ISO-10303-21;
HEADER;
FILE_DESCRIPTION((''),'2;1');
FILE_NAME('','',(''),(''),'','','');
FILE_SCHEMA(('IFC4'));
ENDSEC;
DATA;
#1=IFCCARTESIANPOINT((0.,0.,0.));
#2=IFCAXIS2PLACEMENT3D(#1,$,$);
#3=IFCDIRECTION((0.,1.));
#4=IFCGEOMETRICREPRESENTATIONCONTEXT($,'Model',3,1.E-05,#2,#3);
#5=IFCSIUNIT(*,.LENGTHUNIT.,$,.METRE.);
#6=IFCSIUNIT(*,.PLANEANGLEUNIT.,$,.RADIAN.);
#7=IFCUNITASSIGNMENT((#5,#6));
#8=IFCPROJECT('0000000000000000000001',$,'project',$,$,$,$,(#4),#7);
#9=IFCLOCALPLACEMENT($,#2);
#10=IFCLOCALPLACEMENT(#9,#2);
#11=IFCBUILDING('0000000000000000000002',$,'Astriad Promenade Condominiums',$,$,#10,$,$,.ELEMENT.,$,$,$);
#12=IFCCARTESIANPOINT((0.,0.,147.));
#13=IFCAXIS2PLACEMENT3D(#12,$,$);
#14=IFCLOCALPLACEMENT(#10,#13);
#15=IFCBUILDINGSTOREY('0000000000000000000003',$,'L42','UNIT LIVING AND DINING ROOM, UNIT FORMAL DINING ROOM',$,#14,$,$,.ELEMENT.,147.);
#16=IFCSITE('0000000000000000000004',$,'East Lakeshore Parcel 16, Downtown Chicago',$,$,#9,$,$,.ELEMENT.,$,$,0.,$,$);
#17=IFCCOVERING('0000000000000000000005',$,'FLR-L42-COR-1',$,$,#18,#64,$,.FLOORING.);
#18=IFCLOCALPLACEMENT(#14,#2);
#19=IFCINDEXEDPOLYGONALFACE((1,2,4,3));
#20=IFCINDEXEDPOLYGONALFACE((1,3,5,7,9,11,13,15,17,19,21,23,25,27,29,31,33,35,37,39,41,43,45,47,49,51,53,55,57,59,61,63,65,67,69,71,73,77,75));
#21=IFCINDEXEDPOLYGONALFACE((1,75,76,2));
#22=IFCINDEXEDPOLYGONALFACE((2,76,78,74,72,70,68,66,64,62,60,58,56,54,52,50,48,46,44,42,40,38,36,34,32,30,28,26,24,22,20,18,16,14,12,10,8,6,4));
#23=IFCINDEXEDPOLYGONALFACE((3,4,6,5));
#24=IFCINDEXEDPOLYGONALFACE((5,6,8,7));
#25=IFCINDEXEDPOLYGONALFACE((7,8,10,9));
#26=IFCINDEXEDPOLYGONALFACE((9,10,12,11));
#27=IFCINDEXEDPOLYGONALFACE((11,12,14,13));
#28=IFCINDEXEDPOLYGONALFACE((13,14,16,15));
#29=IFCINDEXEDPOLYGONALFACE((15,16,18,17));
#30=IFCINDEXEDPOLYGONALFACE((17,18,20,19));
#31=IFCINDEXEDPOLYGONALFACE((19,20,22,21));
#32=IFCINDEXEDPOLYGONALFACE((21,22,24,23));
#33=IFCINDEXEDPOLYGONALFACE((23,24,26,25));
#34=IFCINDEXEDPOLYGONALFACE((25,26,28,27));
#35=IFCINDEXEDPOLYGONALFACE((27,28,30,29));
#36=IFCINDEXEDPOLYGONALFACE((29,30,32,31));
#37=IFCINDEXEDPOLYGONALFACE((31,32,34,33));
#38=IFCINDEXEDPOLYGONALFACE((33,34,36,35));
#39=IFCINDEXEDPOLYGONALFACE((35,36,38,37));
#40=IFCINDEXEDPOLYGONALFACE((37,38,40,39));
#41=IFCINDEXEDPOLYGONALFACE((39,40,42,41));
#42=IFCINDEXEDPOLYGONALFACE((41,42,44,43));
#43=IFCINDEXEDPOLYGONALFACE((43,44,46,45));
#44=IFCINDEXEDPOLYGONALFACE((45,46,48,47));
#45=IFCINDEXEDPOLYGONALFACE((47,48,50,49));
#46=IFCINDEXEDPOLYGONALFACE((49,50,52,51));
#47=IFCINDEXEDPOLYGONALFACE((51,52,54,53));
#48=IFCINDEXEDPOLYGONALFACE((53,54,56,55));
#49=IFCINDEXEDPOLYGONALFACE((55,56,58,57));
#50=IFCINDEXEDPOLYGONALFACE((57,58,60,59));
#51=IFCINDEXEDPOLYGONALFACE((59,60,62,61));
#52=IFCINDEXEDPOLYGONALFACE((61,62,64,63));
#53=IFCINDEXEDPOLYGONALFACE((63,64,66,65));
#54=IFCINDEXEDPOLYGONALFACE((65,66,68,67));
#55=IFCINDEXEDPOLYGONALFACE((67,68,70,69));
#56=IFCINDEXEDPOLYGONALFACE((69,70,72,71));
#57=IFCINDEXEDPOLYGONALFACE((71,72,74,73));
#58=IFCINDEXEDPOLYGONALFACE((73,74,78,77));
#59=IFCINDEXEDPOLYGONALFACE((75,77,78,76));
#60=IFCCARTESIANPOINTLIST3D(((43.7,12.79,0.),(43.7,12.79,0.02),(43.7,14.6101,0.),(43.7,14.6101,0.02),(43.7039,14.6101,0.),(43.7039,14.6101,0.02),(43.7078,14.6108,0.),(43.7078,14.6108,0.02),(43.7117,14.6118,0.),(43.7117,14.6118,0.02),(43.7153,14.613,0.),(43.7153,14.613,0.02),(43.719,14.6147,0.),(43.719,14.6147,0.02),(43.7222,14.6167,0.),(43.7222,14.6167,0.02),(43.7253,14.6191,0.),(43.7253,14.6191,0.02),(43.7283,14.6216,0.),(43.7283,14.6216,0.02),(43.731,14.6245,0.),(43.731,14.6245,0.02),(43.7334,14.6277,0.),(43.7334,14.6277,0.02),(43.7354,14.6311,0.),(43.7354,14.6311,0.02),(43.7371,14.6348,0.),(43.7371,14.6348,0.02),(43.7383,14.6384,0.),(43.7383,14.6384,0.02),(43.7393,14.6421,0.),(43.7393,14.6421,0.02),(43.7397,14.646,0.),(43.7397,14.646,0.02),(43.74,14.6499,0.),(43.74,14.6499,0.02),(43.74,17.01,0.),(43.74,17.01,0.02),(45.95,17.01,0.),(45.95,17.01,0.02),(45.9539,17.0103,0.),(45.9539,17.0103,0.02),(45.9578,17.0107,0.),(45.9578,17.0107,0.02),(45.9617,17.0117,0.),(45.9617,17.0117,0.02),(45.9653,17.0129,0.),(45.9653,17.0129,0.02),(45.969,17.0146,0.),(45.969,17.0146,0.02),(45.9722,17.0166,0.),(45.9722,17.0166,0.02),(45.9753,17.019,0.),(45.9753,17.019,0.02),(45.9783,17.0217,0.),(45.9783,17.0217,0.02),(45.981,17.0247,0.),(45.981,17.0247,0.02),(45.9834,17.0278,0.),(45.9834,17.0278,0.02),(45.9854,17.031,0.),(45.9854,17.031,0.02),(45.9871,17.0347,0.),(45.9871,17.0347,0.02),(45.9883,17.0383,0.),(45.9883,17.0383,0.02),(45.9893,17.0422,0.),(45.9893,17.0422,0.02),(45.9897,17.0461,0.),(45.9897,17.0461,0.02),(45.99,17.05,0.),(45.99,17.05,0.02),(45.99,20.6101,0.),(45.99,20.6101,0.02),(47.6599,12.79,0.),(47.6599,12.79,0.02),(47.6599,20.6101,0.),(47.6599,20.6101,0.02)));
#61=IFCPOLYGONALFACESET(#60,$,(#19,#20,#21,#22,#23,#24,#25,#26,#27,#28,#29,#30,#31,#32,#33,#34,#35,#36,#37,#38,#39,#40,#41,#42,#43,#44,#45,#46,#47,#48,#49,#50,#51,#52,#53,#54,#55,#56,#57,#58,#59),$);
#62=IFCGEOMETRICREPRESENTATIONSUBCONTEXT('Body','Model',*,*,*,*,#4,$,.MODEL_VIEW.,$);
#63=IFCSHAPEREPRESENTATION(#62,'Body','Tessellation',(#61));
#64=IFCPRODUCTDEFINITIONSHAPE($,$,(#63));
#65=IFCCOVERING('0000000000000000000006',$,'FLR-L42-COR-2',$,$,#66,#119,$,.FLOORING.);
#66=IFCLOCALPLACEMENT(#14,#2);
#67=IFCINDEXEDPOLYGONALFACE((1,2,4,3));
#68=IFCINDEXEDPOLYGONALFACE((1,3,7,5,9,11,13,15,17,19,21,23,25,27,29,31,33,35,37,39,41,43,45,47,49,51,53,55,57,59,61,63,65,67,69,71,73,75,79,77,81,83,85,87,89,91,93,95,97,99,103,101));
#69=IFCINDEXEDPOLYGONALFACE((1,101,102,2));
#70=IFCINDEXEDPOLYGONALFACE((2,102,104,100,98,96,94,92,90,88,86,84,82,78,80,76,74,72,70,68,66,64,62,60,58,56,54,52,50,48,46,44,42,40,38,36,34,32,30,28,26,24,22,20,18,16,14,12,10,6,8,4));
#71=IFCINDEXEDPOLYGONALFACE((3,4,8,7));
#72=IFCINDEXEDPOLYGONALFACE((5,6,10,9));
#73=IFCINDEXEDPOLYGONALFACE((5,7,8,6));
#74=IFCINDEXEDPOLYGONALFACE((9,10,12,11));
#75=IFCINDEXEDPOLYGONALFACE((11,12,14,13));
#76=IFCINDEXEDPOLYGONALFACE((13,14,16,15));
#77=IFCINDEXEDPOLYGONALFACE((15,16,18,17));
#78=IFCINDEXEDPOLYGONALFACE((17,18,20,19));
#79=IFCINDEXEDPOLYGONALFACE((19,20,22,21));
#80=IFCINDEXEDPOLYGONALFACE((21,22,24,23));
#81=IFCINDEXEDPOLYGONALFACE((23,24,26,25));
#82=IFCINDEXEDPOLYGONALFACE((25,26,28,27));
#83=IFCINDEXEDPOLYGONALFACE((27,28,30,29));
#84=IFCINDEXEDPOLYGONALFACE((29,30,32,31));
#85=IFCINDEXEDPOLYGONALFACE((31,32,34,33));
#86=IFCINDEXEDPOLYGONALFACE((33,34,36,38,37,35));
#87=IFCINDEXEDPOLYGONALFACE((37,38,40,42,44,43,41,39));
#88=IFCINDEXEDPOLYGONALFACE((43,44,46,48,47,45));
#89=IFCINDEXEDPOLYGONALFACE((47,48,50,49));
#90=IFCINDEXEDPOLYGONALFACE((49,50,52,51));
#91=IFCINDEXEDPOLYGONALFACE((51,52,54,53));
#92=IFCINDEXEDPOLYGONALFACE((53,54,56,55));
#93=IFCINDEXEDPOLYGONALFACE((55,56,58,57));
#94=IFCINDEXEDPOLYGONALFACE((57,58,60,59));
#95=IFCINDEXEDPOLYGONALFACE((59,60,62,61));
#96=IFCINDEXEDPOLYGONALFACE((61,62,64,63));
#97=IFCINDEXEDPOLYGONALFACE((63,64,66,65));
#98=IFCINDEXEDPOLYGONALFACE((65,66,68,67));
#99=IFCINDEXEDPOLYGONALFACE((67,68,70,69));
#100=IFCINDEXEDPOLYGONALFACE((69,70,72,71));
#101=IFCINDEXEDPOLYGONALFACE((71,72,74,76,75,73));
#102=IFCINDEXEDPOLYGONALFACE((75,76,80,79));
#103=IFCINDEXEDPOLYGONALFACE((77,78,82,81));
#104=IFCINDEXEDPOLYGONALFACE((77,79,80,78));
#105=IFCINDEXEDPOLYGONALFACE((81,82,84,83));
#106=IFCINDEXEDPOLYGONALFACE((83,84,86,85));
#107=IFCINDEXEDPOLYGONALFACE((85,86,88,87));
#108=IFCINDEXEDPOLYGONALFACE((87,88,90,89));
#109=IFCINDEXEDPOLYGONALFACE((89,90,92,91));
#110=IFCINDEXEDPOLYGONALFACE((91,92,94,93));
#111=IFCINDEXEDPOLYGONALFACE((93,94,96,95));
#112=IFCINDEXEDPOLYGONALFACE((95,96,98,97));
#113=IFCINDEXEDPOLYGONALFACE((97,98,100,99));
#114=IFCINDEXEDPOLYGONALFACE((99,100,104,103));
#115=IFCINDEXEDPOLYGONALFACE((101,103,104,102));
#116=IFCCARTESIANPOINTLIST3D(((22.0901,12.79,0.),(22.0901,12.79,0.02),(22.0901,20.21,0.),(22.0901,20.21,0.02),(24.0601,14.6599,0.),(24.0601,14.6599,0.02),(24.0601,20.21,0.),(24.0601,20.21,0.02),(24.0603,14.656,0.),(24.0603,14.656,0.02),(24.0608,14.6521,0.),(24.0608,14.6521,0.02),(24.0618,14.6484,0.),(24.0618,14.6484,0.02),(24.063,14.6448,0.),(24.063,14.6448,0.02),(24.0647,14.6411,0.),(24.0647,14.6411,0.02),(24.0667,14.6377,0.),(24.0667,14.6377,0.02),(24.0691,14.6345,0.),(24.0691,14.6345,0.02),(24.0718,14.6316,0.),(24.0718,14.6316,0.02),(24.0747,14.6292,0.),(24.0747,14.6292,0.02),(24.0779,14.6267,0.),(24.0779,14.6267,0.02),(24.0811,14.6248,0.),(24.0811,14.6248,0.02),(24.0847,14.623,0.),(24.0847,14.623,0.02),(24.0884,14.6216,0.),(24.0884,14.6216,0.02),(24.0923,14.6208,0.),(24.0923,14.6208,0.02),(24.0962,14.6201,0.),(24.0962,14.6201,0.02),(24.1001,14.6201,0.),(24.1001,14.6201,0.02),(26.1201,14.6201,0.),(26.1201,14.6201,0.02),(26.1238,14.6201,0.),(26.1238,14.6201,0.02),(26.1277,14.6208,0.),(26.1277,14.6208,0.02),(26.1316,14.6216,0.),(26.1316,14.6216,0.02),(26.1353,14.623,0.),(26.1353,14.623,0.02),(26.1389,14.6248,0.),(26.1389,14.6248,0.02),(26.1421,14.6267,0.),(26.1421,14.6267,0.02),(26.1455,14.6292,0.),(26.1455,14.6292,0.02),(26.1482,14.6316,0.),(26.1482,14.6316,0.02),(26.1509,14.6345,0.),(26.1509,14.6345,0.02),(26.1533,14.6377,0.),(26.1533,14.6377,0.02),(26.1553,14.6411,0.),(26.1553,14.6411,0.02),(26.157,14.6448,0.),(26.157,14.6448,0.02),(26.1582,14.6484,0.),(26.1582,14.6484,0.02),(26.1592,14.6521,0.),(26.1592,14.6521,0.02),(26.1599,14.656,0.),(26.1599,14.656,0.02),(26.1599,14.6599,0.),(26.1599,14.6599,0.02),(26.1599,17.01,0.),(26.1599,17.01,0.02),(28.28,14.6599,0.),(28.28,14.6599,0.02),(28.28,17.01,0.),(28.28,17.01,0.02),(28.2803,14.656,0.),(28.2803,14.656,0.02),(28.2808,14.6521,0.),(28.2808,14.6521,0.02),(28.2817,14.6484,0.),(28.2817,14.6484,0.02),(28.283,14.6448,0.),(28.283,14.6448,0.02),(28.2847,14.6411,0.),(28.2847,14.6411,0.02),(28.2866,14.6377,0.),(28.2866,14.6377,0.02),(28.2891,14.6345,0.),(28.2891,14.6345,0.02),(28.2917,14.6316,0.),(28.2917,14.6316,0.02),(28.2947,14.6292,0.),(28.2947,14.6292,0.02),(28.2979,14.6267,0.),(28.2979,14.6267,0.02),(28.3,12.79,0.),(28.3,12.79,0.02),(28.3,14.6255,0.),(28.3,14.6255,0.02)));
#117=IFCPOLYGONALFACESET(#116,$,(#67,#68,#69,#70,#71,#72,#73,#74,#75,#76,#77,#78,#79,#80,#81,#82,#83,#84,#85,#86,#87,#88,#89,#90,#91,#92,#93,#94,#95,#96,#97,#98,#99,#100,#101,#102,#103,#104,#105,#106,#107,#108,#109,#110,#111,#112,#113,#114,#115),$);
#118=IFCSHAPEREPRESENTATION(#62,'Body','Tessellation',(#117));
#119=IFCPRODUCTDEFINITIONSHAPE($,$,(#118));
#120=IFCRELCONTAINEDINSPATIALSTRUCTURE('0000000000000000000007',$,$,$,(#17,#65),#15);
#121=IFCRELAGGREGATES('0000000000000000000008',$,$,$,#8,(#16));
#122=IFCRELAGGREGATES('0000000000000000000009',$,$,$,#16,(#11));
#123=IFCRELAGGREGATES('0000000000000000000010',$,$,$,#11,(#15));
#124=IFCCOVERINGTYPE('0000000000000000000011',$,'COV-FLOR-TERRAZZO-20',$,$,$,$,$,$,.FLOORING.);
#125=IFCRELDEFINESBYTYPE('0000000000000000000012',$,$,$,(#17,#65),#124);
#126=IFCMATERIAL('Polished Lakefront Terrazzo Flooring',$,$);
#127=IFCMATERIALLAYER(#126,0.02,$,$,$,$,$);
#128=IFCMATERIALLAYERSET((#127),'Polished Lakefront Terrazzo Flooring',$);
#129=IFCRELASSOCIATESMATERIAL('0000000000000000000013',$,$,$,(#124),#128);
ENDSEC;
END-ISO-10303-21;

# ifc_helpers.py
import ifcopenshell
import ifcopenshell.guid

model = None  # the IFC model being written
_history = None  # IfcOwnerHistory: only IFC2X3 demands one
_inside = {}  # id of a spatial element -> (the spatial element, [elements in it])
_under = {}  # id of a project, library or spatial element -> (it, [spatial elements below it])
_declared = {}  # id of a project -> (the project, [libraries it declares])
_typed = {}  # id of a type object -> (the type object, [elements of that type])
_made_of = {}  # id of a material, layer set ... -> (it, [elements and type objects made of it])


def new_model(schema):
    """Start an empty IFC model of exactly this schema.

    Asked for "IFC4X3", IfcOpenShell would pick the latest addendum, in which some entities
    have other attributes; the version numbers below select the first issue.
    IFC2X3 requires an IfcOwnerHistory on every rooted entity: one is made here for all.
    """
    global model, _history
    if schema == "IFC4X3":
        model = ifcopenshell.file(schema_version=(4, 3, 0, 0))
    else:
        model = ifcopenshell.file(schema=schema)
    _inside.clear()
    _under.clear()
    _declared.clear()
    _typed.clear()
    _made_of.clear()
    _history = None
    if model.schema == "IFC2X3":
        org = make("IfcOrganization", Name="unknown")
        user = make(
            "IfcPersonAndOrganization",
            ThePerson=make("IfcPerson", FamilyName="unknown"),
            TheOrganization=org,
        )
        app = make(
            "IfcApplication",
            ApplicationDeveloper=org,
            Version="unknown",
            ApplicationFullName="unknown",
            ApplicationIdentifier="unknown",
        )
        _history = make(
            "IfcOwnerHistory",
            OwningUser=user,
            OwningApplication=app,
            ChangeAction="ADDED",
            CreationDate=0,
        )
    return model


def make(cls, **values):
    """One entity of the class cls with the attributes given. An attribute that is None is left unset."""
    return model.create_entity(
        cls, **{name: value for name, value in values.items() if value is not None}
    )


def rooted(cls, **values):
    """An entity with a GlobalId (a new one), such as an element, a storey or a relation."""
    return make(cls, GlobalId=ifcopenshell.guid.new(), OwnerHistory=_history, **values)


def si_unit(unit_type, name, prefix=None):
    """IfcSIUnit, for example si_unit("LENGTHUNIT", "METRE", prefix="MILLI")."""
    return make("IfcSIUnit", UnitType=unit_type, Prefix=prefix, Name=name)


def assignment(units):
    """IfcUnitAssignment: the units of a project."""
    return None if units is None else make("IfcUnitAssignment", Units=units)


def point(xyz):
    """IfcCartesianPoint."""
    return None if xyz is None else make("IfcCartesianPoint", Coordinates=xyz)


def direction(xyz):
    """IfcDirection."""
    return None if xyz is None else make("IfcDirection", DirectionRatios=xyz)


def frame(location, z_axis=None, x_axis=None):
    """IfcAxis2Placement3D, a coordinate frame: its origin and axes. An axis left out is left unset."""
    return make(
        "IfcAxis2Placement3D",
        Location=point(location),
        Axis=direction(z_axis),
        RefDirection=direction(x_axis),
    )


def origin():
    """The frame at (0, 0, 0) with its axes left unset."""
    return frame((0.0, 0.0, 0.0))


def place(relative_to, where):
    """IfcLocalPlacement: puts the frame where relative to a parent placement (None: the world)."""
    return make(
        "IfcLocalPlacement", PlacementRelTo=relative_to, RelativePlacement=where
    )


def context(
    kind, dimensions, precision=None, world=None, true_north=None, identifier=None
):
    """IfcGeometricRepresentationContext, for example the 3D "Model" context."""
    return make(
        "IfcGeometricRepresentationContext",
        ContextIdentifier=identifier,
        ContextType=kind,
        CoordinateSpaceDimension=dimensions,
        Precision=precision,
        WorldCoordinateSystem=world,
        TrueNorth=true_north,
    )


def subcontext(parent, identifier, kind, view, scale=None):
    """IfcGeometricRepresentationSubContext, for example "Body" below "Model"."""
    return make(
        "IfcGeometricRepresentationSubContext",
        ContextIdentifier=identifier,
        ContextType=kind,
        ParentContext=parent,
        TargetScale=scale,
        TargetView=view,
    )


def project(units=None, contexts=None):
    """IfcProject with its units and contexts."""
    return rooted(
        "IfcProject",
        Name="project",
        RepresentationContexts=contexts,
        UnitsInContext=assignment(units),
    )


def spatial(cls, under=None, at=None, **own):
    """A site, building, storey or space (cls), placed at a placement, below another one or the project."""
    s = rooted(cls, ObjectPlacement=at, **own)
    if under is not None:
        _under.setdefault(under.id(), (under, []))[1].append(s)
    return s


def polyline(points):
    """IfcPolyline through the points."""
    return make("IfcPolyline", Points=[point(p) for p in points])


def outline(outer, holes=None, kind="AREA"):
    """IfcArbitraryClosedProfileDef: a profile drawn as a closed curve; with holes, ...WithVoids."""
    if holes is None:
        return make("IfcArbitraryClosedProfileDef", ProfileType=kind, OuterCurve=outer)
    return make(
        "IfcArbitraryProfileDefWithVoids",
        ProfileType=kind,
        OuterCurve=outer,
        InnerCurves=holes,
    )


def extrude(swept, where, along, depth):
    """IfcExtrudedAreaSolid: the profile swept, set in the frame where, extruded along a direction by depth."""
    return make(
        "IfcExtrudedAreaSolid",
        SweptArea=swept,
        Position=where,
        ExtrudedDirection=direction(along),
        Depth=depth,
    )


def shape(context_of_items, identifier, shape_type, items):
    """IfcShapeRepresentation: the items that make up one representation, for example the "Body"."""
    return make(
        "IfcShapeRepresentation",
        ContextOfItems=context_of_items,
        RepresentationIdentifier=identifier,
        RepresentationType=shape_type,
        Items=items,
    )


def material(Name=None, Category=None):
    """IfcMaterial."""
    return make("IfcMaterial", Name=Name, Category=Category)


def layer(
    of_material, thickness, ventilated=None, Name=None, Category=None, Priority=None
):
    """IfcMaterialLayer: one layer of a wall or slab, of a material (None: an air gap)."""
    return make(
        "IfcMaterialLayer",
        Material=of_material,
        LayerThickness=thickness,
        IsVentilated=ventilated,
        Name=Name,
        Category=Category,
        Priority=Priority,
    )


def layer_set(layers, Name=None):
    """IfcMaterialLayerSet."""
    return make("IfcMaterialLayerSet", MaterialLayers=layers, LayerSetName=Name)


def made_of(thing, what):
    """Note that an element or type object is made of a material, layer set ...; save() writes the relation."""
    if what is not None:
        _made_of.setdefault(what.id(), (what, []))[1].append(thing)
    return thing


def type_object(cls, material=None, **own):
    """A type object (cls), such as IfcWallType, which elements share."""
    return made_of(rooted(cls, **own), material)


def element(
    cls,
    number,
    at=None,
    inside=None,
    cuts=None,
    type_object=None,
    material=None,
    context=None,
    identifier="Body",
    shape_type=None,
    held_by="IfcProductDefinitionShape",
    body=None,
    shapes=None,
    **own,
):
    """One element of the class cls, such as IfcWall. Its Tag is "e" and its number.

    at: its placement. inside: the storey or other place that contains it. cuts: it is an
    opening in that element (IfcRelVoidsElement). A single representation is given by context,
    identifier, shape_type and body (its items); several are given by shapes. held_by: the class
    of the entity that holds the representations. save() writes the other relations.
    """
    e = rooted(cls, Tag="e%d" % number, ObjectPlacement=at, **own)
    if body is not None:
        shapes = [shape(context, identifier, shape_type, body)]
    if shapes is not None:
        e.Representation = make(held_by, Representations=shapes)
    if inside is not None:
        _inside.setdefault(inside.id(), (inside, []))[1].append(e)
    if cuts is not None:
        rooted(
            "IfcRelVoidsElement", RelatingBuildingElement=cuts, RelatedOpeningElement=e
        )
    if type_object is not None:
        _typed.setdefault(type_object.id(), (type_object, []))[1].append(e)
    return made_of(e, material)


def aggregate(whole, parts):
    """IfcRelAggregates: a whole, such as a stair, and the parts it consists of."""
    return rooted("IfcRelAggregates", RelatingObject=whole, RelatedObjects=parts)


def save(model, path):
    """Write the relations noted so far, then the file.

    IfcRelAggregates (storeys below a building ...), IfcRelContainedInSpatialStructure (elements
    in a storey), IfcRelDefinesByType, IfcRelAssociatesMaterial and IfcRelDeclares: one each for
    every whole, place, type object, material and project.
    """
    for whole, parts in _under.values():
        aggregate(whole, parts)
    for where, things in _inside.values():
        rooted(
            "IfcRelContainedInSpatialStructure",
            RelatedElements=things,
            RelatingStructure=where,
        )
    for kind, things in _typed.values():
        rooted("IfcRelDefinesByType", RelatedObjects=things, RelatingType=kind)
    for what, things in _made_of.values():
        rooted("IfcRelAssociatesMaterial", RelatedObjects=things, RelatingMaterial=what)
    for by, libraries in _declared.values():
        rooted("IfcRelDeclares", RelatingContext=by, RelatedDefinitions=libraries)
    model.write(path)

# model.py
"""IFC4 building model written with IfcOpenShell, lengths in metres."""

from ifc_helpers import new_model, si_unit, direction, frame, origin, place, context, subcontext, project, spatial, polyline, outline, extrude, material, layer, layer_set, type_object, element, save


model = new_model("IFC4")

# Units and contexts
model_context = context("Model", 3, precision=1e-05, world=origin(), true_north=direction((0.0, 1.0)))
body_context = subcontext(model_context, "Body", "Model", "MODEL_VIEW")
ifc_project = project(units=[si_unit("LENGTHUNIT", "METRE"), si_unit("PLANEANGLEUNIT", "RADIAN")], contexts=[model_context])

# Site, building, storey
site_placement = place(None, origin())
site = spatial("IfcSite", under=ifc_project, at=site_placement, Name="East Lakeshore Parcel 16, Downtown Chicago", CompositionType="ELEMENT", RefElevation=0.0)
building_placement = place(site_placement, origin())
building = spatial("IfcBuilding", under=site, at=building_placement, Name="Astriad Promenade Condominiums", CompositionType="ELEMENT")
storey_placement = place(building_placement, frame((0.0, 0.0, 147.0)))
storey = spatial("IfcBuildingStorey", under=building, at=storey_placement, Name="L42", Description="UNIT LIVING AND DINING ROOM, UNIT FORMAL DINING ROOM", CompositionType="ELEMENT", Elevation=147.0)

# Coverings
ifc_material_1 = material(Name="Polished Lakefront Terrazzo Flooring")
ifc_layer_1 = layer(ifc_material_1, 0.02)
ifc_layer_set_1 = layer_set([ifc_layer_1], Name="Polished Lakefront Terrazzo Flooring")
covering_type = type_object("IfcCoveringType", Name="COV-FLOR-TERRAZZO-20", PredefinedType="FLOORING", material=ifc_layer_set_1)
covering_1_placement = place(storey_placement, origin())
element("IfcCovering", 1, at=covering_1_placement, inside=storey, type_object=covering_type, Name="FLR-L42-COR-1", PredefinedType="FLOORING", context=body_context, shape_type="SweptSolid", body=[
    extrude(outline(polyline([(43.7, 12.79), (43.7, 14.6101), (43.7039, 14.6101), (43.7078, 14.6108), (43.7117, 14.6118), (43.7153, 14.613), (43.719, 14.6147), (43.7222, 14.6167), (43.7253, 14.6191), (43.7283, 14.6216), (43.731, 14.6245), (43.7334, 14.6277), (43.7354, 14.6311), (43.7371, 14.6348), (43.7383, 14.6384), (43.7393, 14.6421), (43.7397, 14.646), (43.74, 14.6499), (43.74, 17.01), (45.95, 17.01), (45.9539, 17.0103), (45.9578, 17.0107), (45.9617, 17.0117), (45.9653, 17.0129), (45.969, 17.0146), (45.9722, 17.0166), (45.9753, 17.019), (45.9783, 17.0217), (45.981, 17.0247), (45.9834, 17.0278), (45.9854, 17.031), (45.9871, 17.0347), (45.9883, 17.0383), (45.9893, 17.0422), (45.9897, 17.0461), (45.99, 17.05), (45.99, 20.6101), (47.6599, 20.6101), (47.6599, 12.79), (43.7, 12.79)])), origin(), (0.0, 0.0, 1.0), 0.02),
])
covering_2_placement = place(storey_placement, origin())
element("IfcCovering", 2, at=covering_2_placement, inside=storey, type_object=covering_type, Name="FLR-L42-COR-2", PredefinedType="FLOORING", context=body_context, shape_type="SweptSolid", body=[
    extrude(outline(polyline([(28.3, 12.79), (22.0901, 12.79), (22.0901, 20.21), (24.0601, 20.21), (24.0601, 14.6599), (24.0603, 14.656), (24.0608, 14.6521), (24.0618, 14.6484), (24.063, 14.6448), (24.0647, 14.6411), (24.0667, 14.6377), (24.0691, 14.6345), (24.0718, 14.6316), (24.0747, 14.6292), (24.0779, 14.6267), (24.0811, 14.6248), (24.0847, 14.623), (24.0884, 14.6216), (24.0923, 14.6208), (24.0962, 14.6201), (24.1001, 14.6201), (26.1201, 14.6201), (26.1238, 14.6201), (26.1277, 14.6208), (26.1316, 14.6216), (26.1353, 14.623), (26.1389, 14.6248), (26.1421, 14.6267), (26.1455, 14.6292), (26.1482, 14.6316), (26.1509, 14.6345), (26.1533, 14.6377), (26.1553, 14.6411), (26.157, 14.6448), (26.1582, 14.6484), (26.1592, 14.6521), (26.1599, 14.656), (26.1599, 14.6599), (26.1599, 17.01), (28.28, 17.01), (28.28, 14.6599), (28.2803, 14.656), (28.2808, 14.6521), (28.2817, 14.6484), (28.283, 14.6448), (28.2847, 14.6411), (28.2866, 14.6377), (28.2891, 14.6345), (28.2917, 14.6316), (28.2947, 14.6292), (28.2979, 14.6267), (28.3, 14.6255), (28.3, 12.79)])), origin(), (0.0, 0.0, 1.0), 0.02),
])

save(model, "model.ifc")
